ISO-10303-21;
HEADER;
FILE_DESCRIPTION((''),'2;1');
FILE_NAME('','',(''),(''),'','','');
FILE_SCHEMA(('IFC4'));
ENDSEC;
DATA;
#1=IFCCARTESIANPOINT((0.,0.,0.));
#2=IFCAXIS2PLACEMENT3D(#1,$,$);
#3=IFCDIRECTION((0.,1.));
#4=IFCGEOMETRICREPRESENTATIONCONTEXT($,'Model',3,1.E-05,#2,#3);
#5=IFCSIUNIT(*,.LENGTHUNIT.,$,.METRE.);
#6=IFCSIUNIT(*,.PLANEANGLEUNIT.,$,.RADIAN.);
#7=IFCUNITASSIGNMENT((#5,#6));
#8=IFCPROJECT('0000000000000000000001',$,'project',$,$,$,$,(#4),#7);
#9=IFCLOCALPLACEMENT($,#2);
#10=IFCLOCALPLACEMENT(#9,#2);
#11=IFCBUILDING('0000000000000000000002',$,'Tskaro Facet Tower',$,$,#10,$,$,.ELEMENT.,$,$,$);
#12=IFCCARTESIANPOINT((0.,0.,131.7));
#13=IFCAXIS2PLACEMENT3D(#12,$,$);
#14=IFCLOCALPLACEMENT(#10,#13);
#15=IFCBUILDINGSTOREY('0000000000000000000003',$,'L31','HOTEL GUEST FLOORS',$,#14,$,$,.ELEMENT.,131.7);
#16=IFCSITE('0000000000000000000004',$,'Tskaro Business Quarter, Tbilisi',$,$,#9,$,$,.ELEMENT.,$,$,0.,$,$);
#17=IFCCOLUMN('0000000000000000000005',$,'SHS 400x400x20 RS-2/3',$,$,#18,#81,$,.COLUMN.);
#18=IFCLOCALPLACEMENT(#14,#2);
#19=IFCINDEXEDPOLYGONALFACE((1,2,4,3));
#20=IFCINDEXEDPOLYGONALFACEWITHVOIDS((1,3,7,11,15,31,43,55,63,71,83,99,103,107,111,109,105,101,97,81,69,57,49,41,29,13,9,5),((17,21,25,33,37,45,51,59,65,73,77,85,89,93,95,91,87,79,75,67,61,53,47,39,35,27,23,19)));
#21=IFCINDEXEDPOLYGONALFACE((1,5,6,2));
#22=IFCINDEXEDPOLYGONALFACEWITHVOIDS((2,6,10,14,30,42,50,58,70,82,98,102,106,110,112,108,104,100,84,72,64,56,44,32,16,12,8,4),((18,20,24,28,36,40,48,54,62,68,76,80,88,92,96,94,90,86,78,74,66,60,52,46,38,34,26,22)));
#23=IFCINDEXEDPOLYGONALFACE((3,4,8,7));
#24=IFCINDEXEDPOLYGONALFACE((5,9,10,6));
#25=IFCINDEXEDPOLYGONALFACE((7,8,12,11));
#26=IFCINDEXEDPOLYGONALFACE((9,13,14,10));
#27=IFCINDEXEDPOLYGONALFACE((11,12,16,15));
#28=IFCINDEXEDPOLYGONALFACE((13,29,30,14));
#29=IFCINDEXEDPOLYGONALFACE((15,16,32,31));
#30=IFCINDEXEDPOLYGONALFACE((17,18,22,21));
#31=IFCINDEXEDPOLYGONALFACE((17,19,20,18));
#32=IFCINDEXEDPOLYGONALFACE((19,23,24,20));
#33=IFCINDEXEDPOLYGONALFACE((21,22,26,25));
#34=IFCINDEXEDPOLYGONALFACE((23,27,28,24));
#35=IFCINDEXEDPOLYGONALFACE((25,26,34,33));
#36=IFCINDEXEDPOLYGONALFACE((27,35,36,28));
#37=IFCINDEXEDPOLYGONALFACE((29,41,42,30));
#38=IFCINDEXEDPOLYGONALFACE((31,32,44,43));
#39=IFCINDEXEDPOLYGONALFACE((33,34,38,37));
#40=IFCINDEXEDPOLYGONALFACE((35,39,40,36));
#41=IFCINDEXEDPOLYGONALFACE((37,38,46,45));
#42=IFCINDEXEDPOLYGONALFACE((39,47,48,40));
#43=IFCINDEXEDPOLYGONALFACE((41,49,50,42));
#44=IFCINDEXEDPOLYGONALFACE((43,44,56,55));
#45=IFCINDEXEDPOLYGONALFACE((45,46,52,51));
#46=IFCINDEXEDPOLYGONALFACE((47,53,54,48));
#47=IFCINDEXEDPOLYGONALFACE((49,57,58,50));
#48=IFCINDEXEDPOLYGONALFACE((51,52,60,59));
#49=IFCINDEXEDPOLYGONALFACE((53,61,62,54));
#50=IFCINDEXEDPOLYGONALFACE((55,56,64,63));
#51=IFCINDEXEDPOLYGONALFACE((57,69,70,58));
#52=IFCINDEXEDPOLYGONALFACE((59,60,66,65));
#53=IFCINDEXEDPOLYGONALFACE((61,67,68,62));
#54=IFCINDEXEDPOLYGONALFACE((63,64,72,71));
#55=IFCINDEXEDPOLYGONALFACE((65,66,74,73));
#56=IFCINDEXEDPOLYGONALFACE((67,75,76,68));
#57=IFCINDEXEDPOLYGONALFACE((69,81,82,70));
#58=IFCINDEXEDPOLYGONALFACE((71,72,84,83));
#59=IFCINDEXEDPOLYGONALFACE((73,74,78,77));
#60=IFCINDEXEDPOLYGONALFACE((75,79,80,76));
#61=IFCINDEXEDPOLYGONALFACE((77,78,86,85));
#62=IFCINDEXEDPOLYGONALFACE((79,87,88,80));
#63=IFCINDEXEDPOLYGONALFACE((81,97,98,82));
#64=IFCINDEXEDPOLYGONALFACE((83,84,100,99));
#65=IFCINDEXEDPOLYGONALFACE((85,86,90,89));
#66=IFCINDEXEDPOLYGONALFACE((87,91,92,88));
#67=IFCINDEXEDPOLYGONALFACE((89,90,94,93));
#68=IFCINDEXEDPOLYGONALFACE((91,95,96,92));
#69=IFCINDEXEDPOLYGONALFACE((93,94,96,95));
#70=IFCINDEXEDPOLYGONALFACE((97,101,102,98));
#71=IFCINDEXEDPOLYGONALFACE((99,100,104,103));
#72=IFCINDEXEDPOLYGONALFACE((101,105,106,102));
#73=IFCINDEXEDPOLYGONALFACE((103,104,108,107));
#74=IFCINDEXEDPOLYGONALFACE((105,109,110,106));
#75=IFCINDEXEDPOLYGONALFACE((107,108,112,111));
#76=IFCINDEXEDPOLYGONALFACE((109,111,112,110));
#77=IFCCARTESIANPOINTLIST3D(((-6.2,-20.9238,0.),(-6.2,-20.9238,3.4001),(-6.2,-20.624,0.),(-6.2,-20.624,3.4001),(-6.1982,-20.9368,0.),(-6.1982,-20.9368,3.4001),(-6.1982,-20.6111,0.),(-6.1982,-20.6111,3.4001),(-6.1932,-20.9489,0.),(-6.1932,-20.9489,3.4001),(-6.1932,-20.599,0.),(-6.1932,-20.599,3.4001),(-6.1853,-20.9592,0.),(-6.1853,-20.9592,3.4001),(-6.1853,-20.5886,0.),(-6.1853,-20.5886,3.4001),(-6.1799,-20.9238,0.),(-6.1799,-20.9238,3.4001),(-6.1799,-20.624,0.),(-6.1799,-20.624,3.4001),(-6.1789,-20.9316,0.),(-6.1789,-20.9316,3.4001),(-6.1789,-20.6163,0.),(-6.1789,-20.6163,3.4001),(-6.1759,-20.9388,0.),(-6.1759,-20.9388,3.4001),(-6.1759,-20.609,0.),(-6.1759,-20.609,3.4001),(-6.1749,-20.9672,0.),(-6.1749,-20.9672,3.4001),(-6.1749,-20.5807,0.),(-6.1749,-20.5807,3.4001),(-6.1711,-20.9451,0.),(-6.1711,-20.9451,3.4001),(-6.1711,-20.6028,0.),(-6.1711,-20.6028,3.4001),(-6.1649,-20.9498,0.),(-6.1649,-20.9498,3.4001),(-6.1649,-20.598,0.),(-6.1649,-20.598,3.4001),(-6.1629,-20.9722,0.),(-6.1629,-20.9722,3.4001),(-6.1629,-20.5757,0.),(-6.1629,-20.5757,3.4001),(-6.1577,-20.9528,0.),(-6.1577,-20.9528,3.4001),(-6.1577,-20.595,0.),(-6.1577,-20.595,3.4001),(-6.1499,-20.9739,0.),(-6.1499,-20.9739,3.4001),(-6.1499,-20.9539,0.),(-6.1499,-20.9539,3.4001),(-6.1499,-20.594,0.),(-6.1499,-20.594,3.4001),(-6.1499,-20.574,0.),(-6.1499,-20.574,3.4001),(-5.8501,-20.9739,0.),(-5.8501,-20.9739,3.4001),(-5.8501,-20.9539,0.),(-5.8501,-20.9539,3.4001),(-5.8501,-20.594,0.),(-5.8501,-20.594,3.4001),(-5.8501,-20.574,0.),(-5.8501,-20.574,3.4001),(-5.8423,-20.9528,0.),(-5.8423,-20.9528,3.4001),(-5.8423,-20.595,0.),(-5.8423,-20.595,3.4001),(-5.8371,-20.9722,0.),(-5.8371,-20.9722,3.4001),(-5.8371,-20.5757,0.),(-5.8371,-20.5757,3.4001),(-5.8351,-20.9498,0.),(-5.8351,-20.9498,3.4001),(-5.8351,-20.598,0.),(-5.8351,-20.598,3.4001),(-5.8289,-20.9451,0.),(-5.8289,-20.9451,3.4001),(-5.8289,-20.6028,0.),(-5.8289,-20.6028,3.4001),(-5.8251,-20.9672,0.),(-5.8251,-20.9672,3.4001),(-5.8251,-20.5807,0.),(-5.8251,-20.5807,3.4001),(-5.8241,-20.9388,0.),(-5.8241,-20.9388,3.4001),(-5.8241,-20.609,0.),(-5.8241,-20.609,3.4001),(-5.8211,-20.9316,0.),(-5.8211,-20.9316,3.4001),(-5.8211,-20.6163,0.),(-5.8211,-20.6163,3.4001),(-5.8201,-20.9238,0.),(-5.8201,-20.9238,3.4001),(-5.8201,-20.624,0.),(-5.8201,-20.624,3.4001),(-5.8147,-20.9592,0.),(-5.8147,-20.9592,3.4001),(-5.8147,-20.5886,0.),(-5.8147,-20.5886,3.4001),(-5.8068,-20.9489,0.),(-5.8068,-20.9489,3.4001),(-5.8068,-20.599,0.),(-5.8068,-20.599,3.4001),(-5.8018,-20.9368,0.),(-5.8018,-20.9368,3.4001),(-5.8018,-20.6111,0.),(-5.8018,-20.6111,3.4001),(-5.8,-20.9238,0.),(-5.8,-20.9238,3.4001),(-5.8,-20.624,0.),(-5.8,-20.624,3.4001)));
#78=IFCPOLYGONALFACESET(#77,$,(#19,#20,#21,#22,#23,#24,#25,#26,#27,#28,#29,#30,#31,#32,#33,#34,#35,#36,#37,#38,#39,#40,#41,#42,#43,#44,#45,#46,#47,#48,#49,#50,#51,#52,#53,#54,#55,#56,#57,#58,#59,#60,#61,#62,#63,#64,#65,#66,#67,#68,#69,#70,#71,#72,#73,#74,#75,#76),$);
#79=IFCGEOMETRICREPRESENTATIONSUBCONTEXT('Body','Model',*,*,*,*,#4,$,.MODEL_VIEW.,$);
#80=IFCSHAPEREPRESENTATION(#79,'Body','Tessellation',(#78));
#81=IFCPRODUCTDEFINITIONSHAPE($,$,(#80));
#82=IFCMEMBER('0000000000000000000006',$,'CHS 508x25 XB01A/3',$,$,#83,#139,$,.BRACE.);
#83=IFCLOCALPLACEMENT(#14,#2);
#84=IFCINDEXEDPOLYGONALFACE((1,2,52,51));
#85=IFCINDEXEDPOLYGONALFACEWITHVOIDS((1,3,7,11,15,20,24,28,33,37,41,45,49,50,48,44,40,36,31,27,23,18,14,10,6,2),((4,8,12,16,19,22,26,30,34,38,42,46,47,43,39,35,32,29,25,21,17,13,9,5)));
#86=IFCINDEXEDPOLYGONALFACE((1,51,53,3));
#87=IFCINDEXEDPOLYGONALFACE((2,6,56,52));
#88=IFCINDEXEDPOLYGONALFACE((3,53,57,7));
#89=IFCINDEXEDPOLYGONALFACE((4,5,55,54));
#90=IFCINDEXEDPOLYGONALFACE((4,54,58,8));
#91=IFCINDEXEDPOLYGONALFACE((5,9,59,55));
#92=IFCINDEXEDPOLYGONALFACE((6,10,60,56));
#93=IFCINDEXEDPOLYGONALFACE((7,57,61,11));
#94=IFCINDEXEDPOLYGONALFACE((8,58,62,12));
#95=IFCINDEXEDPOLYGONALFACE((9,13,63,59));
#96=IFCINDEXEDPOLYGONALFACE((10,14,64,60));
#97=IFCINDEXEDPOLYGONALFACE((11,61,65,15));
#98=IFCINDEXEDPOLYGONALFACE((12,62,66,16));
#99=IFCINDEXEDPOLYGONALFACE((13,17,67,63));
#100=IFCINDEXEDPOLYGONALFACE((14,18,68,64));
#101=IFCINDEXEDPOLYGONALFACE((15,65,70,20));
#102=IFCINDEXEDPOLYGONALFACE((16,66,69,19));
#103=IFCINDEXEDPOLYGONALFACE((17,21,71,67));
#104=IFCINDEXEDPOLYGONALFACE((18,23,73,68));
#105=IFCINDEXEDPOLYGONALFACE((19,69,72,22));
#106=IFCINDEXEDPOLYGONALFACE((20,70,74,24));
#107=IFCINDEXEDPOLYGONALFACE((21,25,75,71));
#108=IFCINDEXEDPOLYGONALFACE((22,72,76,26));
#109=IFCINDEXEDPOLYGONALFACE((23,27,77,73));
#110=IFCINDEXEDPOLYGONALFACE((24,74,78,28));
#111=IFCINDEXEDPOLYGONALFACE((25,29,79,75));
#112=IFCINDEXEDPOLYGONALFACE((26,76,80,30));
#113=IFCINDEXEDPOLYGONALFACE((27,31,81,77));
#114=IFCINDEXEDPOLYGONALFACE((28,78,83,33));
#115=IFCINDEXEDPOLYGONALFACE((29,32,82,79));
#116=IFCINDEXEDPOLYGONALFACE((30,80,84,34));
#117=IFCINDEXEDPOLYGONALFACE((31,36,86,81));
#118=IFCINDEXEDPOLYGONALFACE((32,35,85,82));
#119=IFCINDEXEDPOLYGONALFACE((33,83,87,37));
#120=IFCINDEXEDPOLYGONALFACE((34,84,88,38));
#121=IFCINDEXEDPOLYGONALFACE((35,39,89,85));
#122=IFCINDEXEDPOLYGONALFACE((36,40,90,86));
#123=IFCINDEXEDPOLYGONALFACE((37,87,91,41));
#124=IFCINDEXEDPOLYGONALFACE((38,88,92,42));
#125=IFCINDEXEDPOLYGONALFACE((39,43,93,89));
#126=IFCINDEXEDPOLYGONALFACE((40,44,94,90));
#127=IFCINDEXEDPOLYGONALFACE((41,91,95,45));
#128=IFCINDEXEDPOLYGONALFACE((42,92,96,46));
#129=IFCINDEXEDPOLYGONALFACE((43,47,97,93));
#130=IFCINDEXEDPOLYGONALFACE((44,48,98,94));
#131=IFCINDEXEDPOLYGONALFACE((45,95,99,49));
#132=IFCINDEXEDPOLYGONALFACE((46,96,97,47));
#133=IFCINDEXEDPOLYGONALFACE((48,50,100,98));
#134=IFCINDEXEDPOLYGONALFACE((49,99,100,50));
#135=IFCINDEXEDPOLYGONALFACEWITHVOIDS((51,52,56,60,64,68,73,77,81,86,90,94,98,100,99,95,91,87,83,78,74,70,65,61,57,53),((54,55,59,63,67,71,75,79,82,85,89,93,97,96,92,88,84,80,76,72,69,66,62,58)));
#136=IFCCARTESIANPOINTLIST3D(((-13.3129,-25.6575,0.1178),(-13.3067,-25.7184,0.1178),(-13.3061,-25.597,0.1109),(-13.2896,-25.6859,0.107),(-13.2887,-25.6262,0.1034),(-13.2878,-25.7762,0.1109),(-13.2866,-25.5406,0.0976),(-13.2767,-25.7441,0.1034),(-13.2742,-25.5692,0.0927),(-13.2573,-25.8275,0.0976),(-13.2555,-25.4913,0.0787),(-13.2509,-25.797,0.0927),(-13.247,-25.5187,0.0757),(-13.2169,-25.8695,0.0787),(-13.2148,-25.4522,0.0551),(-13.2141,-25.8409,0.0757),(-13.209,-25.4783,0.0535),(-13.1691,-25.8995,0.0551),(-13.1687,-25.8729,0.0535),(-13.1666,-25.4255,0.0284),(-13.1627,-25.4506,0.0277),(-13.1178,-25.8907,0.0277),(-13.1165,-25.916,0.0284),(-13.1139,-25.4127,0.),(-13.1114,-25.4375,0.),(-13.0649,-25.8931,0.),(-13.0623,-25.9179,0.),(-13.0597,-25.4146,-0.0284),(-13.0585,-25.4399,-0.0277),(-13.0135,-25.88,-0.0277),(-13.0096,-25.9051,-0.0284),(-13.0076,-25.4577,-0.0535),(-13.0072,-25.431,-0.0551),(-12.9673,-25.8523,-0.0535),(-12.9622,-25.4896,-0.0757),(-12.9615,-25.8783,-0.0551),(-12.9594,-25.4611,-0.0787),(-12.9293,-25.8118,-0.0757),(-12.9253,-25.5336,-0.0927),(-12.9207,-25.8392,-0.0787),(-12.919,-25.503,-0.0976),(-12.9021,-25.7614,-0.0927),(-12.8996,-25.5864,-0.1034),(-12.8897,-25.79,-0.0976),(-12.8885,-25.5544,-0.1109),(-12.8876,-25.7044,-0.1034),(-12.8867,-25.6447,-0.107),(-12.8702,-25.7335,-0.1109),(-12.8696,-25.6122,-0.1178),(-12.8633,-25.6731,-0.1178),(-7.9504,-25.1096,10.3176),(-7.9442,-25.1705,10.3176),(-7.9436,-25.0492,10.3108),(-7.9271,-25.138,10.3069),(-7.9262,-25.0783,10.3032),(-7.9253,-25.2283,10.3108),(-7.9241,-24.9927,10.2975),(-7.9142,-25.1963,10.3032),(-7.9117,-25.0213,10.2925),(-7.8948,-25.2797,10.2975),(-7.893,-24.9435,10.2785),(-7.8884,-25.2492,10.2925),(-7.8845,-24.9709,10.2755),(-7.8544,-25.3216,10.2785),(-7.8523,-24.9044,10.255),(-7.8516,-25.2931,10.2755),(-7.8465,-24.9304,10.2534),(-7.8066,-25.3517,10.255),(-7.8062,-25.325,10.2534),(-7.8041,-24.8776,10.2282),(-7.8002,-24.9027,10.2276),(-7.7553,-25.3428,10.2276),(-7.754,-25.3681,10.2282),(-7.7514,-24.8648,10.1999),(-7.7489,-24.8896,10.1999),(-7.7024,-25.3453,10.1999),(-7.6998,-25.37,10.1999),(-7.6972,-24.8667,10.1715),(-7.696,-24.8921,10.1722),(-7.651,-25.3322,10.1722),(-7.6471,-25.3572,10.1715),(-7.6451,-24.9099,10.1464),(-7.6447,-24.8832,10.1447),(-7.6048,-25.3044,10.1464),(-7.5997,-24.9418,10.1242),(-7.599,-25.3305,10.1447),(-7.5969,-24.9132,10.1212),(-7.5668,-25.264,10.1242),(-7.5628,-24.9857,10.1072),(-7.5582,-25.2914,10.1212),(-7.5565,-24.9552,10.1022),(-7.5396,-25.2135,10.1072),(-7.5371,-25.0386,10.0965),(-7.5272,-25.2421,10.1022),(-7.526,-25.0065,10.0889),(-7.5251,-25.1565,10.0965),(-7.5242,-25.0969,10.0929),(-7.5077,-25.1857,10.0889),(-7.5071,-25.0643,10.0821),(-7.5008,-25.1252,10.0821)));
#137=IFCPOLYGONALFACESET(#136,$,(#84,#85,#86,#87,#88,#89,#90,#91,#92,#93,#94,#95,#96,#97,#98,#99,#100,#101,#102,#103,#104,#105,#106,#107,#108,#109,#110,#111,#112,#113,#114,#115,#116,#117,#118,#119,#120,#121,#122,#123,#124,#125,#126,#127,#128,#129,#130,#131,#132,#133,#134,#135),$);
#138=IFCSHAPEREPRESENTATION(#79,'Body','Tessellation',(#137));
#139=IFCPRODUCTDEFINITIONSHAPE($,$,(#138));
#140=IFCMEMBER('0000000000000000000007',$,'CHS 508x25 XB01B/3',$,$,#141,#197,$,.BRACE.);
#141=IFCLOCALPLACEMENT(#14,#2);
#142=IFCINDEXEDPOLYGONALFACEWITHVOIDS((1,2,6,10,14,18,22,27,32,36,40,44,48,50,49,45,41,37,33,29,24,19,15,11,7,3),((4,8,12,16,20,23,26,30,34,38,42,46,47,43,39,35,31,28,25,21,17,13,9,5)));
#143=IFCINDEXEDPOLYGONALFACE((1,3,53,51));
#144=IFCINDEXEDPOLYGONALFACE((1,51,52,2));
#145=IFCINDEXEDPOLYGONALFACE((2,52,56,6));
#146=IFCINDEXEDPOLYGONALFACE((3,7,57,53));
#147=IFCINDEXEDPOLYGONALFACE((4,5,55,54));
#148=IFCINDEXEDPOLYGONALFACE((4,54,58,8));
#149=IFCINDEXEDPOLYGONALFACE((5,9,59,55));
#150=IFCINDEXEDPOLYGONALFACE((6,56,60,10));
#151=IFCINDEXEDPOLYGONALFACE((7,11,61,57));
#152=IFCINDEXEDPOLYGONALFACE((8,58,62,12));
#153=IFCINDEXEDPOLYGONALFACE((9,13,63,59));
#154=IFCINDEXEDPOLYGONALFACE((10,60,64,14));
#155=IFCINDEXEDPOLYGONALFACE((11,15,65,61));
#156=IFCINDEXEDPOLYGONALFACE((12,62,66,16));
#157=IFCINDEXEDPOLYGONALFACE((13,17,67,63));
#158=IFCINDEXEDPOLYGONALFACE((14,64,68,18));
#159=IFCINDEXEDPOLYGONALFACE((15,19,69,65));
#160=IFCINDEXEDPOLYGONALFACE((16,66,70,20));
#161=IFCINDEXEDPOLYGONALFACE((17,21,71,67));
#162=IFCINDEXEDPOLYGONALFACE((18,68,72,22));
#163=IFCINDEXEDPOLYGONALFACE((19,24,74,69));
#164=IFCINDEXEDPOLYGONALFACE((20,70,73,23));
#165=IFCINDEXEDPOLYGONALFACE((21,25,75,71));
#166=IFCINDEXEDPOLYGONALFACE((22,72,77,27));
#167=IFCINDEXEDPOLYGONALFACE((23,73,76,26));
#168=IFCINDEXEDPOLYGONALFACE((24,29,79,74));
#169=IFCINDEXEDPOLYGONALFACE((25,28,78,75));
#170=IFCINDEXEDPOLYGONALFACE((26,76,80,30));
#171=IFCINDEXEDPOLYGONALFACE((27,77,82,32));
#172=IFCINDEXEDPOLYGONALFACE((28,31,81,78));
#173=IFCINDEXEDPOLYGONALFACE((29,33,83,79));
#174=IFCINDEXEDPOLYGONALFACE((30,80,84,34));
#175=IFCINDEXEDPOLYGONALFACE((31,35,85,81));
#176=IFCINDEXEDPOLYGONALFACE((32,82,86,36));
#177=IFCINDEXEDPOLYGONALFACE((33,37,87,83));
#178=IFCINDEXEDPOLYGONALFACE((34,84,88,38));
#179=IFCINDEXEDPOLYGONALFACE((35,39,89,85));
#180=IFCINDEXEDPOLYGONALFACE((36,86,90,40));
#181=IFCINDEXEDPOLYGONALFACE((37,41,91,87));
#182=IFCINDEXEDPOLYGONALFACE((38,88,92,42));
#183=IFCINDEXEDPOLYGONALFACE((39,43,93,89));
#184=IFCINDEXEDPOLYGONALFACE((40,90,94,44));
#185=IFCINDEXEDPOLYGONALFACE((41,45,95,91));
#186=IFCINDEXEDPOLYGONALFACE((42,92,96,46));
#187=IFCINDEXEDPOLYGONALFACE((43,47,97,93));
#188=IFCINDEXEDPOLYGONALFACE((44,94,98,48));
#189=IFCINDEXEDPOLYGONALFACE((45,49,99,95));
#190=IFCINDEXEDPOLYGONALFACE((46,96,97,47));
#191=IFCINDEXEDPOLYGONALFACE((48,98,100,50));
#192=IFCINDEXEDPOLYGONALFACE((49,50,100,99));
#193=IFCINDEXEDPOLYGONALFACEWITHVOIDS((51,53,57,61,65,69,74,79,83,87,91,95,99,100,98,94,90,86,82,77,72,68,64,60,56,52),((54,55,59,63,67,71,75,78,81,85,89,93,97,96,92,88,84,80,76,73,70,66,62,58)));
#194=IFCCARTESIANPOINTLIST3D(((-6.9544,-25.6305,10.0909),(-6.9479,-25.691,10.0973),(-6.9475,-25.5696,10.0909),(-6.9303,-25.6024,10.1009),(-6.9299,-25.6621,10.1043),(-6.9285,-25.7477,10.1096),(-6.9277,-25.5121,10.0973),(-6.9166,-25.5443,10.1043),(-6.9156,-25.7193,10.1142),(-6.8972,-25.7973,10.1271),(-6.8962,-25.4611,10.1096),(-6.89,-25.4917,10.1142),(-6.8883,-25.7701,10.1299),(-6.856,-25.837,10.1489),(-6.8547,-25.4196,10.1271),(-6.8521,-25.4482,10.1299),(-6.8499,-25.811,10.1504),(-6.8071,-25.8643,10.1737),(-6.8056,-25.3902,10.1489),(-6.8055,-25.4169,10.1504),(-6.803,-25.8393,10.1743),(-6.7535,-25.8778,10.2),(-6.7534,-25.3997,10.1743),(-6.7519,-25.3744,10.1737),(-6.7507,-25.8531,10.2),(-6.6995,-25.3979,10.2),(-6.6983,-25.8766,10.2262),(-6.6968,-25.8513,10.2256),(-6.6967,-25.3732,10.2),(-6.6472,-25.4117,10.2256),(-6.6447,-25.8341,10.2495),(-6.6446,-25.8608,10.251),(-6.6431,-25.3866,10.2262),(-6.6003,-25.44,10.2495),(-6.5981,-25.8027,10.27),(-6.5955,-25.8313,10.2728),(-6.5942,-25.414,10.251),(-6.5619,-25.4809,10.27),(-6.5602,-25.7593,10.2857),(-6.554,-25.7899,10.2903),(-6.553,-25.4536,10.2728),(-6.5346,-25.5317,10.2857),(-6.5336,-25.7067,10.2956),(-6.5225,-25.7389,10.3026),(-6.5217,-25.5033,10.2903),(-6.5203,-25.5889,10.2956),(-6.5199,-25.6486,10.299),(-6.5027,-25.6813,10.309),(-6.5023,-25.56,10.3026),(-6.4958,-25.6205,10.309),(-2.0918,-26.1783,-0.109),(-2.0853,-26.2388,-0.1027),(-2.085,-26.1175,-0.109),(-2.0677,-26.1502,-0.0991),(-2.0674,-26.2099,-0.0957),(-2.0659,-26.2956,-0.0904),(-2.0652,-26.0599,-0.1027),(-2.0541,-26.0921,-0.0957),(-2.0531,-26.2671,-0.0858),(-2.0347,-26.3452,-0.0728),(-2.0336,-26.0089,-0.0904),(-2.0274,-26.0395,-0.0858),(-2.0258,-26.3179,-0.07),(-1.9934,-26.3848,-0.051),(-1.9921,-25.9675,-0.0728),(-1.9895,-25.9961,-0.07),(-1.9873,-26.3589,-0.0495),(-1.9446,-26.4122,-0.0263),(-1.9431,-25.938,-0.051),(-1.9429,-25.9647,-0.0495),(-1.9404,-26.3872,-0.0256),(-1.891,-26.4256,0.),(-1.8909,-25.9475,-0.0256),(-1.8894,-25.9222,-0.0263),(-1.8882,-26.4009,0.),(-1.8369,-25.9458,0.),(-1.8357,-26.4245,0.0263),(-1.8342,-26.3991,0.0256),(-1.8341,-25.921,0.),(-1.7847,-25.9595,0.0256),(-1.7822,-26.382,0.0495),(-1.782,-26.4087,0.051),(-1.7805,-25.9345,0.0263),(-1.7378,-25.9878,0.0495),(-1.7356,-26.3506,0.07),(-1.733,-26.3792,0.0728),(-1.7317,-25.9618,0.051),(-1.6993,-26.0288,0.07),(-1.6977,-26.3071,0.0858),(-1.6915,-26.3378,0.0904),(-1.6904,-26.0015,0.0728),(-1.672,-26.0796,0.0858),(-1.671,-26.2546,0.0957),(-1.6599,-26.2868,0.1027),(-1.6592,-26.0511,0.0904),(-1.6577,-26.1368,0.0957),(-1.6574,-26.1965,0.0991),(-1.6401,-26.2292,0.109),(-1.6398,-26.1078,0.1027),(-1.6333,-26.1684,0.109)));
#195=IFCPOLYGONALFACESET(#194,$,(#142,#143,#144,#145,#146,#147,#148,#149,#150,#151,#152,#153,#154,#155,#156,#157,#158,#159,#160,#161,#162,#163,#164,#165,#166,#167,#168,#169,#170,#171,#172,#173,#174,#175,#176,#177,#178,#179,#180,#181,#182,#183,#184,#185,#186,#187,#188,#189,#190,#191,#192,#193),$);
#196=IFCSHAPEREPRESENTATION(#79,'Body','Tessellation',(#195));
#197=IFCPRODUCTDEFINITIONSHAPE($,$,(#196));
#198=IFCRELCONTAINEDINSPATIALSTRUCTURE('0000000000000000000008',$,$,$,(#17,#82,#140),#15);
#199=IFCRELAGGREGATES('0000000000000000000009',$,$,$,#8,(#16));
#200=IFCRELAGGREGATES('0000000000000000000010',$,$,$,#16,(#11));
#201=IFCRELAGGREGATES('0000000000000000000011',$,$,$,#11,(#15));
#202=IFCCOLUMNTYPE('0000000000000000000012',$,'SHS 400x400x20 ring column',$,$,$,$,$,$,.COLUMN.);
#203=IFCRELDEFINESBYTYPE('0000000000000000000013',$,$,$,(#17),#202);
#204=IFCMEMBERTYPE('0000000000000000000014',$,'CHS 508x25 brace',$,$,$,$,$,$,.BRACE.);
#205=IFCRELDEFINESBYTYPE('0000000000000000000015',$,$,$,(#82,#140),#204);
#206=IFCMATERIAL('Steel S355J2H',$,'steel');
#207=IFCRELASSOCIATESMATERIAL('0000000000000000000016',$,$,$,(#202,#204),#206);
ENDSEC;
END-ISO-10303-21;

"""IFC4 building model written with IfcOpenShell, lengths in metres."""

from ifc_helpers import new_model, si_unit, direction, frame, origin, origin_2d, place, context, subcontext, project, spatial, hollow_rectangle, hollow_circle, extrude, material, material_profile, profile_set, type_object, element, save


model = new_model("IFC4")

# Units and contexts
model_context = context("Model", 3, precision=1e-05, world=origin(), true_north=direction((0.0, 1.0)))
body_context = subcontext(model_context, "Body", "Model", "MODEL_VIEW")
ifc_project = project(units=[si_unit("LENGTHUNIT", "METRE"), si_unit("PLANEANGLEUNIT", "RADIAN")], contexts=[model_context])

# Site, building, storey
site_placement = place(None, origin())
site = spatial("IfcSite", under=ifc_project, at=site_placement, Name="Tskaro Business Quarter, Tbilisi", CompositionType="ELEMENT", RefElevation=0.0)
building_placement = place(site_placement, origin())
building = spatial("IfcBuilding", under=site, at=building_placement, Name="Tskaro Facet Tower", CompositionType="ELEMENT")
storey_placement = place(building_placement, frame((0.0, 0.0, 131.7)))
storey = spatial("IfcBuildingStorey", under=building, at=storey_placement, Name="L31", Description="HOTEL GUEST FLOORS", CompositionType="ELEMENT", Elevation=131.7)

# Column
ifc_material_1 = material(Name="Steel S355J2H", Category="steel")
ifc_material_profile_1 = material_profile(ifc_material_1, hollow_rectangle(XDim=0.3999, YDim=0.3999, WallThickness=0.02, InnerFilletRadius=0.03, OuterFilletRadius=0.05, at=origin_2d()), Name="SHS 400x400x20")
ifc_profile_set_1 = profile_set([ifc_material_profile_1], Name="Steel S355J2H")
column_type = type_object("IfcColumnType", Name="SHS 400x400x20 ring column", PredefinedType="COLUMN", material=ifc_profile_set_1)
column_placement = place(storey_placement, frame((-6.0, -20.7739, 0.0), z_axis=(0.0, 0.0, 1.0), x_axis=(1.0, 0.0, 0.0)))
element("IfcColumn", 1, at=column_placement, inside=storey, type_object=column_type, Name="SHS 400x400x20 RS-2/3", PredefinedType="COLUMN", context=body_context, shape_type="SweptSolid", body=[
    extrude(hollow_rectangle(XDim=0.3999, YDim=0.3999, WallThickness=0.02, InnerFilletRadius=0.03, OuterFilletRadius=0.05, at=origin_2d()), origin(), (0.0, 0.0, 1.0), 3.4001),
])

# Members
ifc_material_profile_2 = material_profile(ifc_material_1, hollow_circle(Radius=0.2539, WallThickness=0.0249, at=origin_2d()), Name="CHS 508x25")
ifc_profile_set_2 = profile_set([ifc_material_profile_2], Name="Steel S355J2H")
member_type_1 = type_object("IfcMemberType", Name="CHS 508x25 brace", PredefinedType="BRACE", material=ifc_profile_set_2)
member_1_placement = place(storey_placement, frame((-13.0881, -25.6653, 0.0), z_axis=(0.464824, 0.047488, 0.884129), x_axis=(-0.101634, 0.994822, 0.0)))
element("IfcMember", 2, at=member_1_placement, inside=storey, type_object=member_type_1, Name="CHS 508x25 XB01A/3", PredefinedType="BRACE", context=body_context, shape_type="SweptSolid", body=[
    extrude(hollow_circle(Radius=0.2539, WallThickness=0.0249, at=origin_2d()), origin(), (0.0, 0.0, 1.0), 11.5366),
])
member_2_placement = place(storey_placement, frame((-1.8625, -26.1733, 0.0), z_axis=(-0.42982, 0.048427, 0.901615), x_axis=(-0.111959, -0.993713, 0.0)))
element("IfcMember", 3, at=member_2_placement, inside=storey, type_object=member_type_1, Name="CHS 508x25 XB01B/3", PredefinedType="BRACE", context=body_context, shape_type="SweptSolid", body=[
    extrude(hollow_circle(Radius=0.2539, WallThickness=0.0249, at=origin_2d()), origin(), (0.0, 0.0, 1.0), 11.313),
])

save(model, "model.ifc")
